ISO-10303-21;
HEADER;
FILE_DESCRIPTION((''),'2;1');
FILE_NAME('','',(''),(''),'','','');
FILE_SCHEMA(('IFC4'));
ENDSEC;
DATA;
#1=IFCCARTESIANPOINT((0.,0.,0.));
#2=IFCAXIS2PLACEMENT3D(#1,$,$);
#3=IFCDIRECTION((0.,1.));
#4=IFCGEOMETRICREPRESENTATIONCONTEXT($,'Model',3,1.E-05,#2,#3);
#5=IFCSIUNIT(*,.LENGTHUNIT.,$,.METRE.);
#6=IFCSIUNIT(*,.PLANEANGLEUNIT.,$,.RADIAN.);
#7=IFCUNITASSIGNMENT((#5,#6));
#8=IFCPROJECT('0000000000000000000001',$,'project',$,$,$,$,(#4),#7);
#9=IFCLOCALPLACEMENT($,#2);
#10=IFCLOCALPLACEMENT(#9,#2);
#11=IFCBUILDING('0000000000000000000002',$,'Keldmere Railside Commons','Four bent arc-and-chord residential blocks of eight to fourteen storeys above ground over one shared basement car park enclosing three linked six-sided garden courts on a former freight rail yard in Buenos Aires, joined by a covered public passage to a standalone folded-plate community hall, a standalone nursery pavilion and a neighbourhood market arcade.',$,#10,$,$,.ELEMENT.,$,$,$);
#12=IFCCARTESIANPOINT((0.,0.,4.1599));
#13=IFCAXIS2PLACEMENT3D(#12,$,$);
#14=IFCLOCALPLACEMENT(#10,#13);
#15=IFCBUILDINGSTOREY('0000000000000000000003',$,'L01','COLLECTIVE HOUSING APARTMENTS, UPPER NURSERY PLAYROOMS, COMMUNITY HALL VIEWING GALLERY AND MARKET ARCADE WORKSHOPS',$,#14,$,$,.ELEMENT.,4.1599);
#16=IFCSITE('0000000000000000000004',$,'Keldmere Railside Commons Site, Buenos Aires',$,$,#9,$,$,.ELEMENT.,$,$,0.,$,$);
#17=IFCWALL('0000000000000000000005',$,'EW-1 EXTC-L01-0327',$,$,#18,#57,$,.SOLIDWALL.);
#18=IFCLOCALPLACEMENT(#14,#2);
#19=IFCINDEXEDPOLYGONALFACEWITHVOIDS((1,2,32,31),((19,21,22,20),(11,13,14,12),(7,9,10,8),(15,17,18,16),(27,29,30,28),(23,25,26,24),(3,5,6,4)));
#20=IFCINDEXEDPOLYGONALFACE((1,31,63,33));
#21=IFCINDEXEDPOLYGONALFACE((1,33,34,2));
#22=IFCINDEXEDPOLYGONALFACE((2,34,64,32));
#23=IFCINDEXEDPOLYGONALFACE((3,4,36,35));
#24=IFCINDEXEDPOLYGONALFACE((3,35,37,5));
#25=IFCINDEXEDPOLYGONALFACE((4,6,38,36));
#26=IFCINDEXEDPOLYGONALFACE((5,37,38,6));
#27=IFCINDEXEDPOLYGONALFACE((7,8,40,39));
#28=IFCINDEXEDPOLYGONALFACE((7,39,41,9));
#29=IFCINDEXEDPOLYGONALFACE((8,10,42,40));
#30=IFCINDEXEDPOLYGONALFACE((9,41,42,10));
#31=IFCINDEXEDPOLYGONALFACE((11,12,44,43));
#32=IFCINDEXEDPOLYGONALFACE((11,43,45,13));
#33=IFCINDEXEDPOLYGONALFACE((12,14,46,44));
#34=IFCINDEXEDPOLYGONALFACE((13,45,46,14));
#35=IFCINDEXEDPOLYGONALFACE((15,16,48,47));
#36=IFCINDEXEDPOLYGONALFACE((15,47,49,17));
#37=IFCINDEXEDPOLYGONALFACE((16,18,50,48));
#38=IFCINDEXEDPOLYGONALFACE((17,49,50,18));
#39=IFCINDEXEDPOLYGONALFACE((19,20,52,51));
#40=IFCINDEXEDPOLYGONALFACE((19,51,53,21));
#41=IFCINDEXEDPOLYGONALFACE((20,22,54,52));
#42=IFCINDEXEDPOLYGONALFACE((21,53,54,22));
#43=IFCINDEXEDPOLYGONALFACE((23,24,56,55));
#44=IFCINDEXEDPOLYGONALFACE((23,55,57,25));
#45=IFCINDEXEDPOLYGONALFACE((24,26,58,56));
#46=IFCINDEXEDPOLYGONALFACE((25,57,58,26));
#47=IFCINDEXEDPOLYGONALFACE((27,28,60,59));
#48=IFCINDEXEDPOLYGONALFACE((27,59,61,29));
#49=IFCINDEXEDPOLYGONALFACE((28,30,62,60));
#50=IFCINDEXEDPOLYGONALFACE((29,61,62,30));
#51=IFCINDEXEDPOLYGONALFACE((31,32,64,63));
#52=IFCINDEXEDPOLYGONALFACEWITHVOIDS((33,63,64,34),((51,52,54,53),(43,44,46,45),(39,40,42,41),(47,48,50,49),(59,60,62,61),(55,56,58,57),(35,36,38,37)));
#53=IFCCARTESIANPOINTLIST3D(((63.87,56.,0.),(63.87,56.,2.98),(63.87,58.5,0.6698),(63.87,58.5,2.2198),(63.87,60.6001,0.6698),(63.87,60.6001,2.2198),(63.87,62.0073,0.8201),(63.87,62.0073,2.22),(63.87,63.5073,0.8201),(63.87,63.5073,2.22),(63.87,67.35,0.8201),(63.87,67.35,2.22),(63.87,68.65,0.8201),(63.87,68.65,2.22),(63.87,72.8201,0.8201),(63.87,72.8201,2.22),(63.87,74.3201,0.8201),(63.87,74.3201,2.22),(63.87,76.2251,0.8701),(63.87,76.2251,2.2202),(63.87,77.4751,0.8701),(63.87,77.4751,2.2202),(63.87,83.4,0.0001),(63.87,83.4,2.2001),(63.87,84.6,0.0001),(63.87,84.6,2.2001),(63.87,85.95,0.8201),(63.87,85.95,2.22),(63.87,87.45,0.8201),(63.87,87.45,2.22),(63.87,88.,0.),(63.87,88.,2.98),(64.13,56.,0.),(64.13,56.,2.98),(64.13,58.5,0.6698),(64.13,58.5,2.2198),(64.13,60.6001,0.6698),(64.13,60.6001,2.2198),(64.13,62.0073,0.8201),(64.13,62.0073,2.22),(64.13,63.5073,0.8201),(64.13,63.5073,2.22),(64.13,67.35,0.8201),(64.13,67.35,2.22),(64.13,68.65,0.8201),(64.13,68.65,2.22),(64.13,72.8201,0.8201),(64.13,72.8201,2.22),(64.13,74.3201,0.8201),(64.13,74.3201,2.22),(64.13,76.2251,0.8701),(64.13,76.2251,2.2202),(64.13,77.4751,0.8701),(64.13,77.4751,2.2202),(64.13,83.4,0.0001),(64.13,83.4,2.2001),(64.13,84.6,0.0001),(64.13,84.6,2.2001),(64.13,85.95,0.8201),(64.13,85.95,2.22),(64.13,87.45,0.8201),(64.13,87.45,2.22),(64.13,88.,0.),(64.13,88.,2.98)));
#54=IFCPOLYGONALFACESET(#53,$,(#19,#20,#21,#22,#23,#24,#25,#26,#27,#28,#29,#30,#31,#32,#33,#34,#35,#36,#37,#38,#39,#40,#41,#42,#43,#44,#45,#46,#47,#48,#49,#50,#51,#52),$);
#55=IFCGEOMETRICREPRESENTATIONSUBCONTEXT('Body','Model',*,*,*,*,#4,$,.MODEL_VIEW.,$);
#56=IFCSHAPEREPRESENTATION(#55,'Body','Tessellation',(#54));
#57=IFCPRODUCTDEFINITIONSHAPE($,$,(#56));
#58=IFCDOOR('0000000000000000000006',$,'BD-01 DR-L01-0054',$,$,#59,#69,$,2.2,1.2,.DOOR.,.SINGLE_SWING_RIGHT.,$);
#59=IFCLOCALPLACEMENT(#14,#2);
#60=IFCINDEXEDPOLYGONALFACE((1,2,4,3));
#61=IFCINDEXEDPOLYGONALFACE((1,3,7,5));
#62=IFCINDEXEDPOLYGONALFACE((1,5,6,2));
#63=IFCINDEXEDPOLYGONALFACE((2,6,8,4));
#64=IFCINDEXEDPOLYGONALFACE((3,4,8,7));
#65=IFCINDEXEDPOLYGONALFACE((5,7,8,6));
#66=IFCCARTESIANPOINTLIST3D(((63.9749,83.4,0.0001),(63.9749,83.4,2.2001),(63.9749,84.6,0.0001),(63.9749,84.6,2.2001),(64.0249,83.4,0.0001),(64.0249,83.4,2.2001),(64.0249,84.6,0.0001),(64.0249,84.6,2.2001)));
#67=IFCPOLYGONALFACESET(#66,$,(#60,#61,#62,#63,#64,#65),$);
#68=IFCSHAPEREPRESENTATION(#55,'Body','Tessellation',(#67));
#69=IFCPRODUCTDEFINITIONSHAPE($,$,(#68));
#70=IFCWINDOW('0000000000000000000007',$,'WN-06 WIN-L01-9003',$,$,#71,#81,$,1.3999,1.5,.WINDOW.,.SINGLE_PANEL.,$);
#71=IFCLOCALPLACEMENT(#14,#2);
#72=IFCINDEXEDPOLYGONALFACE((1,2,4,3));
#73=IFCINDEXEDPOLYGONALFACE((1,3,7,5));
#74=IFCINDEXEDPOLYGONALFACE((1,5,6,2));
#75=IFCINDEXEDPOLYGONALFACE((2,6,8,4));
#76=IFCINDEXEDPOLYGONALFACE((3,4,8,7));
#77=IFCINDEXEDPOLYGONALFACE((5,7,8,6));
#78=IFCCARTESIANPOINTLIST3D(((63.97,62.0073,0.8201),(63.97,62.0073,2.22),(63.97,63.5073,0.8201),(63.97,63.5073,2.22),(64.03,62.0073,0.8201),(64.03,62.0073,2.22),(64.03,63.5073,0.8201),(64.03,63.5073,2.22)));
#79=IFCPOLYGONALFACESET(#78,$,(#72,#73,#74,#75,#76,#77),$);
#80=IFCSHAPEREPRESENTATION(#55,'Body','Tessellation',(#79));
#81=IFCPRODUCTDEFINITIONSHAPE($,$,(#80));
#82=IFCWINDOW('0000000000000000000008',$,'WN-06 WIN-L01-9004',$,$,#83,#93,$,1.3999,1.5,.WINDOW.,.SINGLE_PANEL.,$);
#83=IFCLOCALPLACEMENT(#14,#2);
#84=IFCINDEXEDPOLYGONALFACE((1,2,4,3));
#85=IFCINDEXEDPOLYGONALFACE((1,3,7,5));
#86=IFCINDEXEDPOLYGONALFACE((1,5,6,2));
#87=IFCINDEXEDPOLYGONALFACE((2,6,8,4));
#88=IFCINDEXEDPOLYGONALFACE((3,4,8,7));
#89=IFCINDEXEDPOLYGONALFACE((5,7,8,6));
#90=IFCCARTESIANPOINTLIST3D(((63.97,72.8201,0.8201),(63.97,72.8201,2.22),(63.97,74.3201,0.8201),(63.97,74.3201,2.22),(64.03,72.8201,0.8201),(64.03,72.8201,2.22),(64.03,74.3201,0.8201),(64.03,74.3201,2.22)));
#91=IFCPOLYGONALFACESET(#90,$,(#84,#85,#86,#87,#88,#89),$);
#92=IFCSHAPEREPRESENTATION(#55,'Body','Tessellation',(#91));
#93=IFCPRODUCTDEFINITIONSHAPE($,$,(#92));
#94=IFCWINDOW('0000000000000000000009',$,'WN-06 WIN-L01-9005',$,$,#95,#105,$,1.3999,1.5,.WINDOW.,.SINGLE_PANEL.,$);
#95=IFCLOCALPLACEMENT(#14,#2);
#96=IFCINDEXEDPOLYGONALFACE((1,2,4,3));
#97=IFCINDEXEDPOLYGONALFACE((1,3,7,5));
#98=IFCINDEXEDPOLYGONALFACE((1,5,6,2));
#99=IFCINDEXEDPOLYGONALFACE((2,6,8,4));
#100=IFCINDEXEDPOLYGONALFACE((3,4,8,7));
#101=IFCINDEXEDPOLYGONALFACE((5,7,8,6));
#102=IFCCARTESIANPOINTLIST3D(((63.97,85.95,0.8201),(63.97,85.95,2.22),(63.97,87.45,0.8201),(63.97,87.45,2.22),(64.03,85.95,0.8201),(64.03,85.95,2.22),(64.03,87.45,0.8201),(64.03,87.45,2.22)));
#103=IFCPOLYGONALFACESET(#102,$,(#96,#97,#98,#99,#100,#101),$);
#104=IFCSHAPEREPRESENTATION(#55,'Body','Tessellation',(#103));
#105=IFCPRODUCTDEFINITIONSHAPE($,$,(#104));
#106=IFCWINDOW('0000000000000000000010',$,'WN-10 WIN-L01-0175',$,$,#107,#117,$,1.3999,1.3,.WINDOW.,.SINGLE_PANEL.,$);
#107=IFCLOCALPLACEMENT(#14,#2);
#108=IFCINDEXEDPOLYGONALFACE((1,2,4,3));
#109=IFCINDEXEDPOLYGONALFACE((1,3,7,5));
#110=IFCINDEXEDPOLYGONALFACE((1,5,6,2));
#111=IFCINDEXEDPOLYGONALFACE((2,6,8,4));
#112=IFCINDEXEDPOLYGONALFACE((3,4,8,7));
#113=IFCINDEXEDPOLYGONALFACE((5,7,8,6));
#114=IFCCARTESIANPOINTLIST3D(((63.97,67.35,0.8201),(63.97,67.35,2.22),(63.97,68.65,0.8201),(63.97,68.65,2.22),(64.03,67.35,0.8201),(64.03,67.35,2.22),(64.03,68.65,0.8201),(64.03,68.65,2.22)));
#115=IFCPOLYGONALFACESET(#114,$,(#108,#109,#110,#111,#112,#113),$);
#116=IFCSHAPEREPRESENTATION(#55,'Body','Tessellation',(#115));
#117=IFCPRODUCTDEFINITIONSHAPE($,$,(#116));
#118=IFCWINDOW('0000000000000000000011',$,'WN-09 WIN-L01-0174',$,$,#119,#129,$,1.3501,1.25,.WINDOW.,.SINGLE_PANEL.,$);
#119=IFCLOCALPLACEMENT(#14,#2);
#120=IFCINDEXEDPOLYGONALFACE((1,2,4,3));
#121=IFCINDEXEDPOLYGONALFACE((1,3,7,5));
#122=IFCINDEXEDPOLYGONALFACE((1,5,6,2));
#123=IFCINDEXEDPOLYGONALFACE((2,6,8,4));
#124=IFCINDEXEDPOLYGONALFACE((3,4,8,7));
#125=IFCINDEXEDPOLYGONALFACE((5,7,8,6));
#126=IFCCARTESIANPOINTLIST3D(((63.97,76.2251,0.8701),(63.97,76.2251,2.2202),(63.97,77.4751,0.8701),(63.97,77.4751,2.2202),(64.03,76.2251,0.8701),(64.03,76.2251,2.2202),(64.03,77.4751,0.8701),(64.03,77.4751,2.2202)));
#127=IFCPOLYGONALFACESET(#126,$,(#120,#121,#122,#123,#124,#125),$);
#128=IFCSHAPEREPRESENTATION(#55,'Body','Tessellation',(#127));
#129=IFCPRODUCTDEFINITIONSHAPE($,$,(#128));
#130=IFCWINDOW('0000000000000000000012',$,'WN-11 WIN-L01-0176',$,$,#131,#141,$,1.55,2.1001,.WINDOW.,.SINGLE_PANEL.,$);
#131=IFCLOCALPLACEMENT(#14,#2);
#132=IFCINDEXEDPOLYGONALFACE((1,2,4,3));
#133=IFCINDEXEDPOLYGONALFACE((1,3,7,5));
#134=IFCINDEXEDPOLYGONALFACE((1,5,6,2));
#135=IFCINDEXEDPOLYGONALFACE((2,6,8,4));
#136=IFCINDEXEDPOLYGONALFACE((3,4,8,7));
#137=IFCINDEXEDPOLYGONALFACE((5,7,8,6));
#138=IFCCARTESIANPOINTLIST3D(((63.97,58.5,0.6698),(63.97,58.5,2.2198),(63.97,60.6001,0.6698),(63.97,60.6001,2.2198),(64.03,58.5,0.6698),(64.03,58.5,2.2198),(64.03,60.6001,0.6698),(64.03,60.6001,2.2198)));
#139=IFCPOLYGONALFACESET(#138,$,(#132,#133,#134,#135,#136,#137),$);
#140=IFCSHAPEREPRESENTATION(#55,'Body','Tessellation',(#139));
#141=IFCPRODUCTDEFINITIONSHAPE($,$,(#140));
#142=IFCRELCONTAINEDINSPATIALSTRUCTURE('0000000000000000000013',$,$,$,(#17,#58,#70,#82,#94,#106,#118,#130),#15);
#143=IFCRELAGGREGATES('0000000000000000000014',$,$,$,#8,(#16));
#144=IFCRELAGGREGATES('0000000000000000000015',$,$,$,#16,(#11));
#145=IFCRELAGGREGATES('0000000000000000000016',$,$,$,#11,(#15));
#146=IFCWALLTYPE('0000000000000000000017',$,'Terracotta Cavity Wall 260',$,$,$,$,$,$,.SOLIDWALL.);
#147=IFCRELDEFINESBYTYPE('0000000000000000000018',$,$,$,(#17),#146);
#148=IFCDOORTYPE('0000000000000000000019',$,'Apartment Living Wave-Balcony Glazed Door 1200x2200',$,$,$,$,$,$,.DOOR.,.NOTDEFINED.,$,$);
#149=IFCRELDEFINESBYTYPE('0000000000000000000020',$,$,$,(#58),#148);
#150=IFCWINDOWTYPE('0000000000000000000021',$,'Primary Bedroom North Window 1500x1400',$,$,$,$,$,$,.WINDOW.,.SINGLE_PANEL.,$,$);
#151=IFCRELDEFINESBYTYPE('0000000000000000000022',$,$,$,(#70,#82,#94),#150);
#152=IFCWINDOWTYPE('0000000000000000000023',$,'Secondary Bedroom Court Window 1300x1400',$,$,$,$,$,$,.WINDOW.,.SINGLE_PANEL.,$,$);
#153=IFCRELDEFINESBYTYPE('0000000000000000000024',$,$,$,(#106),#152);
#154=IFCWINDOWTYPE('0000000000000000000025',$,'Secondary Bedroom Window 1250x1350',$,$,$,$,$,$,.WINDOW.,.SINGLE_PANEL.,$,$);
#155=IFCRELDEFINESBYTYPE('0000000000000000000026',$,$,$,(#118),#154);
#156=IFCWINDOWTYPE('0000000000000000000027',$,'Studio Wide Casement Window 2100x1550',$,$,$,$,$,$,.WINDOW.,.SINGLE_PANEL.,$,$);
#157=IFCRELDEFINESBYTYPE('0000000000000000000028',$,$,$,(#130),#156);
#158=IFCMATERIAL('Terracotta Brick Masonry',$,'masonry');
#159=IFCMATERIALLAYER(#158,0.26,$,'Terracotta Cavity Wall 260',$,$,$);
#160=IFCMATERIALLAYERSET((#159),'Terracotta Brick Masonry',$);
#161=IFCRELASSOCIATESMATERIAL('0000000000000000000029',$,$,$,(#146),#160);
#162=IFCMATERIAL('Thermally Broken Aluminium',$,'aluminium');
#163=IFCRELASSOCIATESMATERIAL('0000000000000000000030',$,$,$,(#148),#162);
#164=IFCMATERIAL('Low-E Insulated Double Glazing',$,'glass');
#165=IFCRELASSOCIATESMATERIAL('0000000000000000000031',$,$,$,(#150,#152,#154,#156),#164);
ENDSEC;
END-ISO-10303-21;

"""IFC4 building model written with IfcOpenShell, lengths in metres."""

from ifc_helpers import new_model, si_unit, direction, frame, frame_2d, origin, place, context, subcontext, project, spatial, rectangle, extrude, material, layer, layer_set, type_object, element, fill, save


model = new_model("IFC4")

# Units and contexts
model_context = context("Model", 3, precision=1e-05, world=origin(), true_north=direction((0.0, 1.0)))
body_context = subcontext(model_context, "Body", "Model", "MODEL_VIEW")
ifc_project = project(units=[si_unit("LENGTHUNIT", "METRE"), si_unit("PLANEANGLEUNIT", "RADIAN")], contexts=[model_context])

# Site, building, storey
site_placement = place(None, origin())
site = spatial("IfcSite", under=ifc_project, at=site_placement, Name="Keldmere Railside Commons Site, Buenos Aires", CompositionType="ELEMENT", RefElevation=0.0)
building_placement = place(site_placement, origin())
building = spatial("IfcBuilding", under=site, at=building_placement, Name="Keldmere Railside Commons", Description="Four bent arc-and-chord residential blocks of eight to fourteen storeys above ground over one shared basement car park enclosing three linked six-sided garden courts on a former freight rail yard in Buenos Aires, joined by a covered public passage to a standalone folded-plate community hall, a standalone nursery pavilion and a neighbourhood market arcade.", CompositionType="ELEMENT")
storey_placement = place(building_placement, frame((0.0, 0.0, 4.1599)))
storey = spatial("IfcBuildingStorey", under=building, at=storey_placement, Name="L01", Description="COLLECTIVE HOUSING APARTMENTS, UPPER NURSERY PLAYROOMS, COMMUNITY HALL VIEWING GALLERY AND MARKET ARCADE WORKSHOPS", CompositionType="ELEMENT", Elevation=4.1599)

# Shared definitions
ifc_material_1 = material(Name="Thermally Broken Aluminium", Category="aluminium")

# Wall, openings, door, windows
ifc_material_2 = material(Name="Terracotta Brick Masonry", Category="masonry")
ifc_layer_1 = layer(ifc_material_2, 0.26, Name="Terracotta Cavity Wall 260")
ifc_layer_set_1 = layer_set([ifc_layer_1], Name="Terracotta Brick Masonry")
wall_type_1 = type_object("IfcWallType", Name="Terracotta Cavity Wall 260", PredefinedType="SOLIDWALL", material=ifc_layer_set_1)
wall_1_placement = place(storey_placement, frame((64.0, 88.0, 0.0), z_axis=(0.0, 0.0, 1.0), x_axis=(0.0, -1.0, 0.0)))
wall_1 = element("IfcWall", 1, at=wall_1_placement, inside=storey, type_object=wall_type_1, Name="EW-1 EXTC-L01-0327", PredefinedType="SOLIDWALL", context=body_context, shape_type="SweptSolid", body=[
    extrude(rectangle(XDim=32.0, YDim=0.26, at=frame_2d((16.0, 0.0))), origin(), (0.0, 0.0, 1.0), 2.98),
])
opening_1_placement = place(wall_1_placement, frame((3.3999, 0.0, 0.0)))
opening_1 = element("IfcOpeningElement", 2, at=opening_1_placement, cuts=wall_1, PredefinedType="OPENING", context=body_context, shape_type="SweptSolid", body=[
    extrude(rectangle(XDim=1.2, YDim=2.2, at=frame_2d((0.6001, 1.1001))), frame((0.0, 0.1399, 0.0), z_axis=(0.0, -1.0, 0.0), x_axis=(1.0, 0.0, 0.0)), (0.0, 0.0, 1.0), 0.28),
])
opening_2_placement = place(wall_1_placement, frame((10.5249, 0.0, 0.8701)))
opening_2 = element("IfcOpeningElement", 3, at=opening_2_placement, cuts=wall_1, PredefinedType="OPENING", context=body_context, shape_type="SweptSolid", body=[
    extrude(rectangle(XDim=1.25, YDim=1.3501, at=frame_2d((0.625, 0.675))), frame((0.0, 0.1399, 0.0), z_axis=(0.0, -1.0, 0.0), x_axis=(1.0, 0.0, 0.0)), (0.0, 0.0, 1.0), 0.28),
])
opening_3_placement = place(wall_1_placement, frame((19.3501, 0.0, 0.8201)))
opening_3 = element("IfcOpeningElement", 4, at=opening_3_placement, cuts=wall_1, PredefinedType="OPENING", context=body_context, shape_type="SweptSolid", body=[
    extrude(rectangle(XDim=1.3, YDim=1.3999, at=frame_2d((0.6499, 0.7))), frame((0.0, 0.1399, 0.0), z_axis=(0.0, -1.0, 0.0), x_axis=(1.0, 0.0, 0.0)), (0.0, 0.0, 1.0), 0.28),
])
opening_4_placement = place(wall_1_placement, frame((27.3999, 0.0, 0.6699)))
opening_4 = element("IfcOpeningElement", 5, at=opening_4_placement, cuts=wall_1, PredefinedType="OPENING", context=body_context, shape_type="SweptSolid", body=[
    extrude(rectangle(XDim=2.1001, YDim=1.55, at=frame_2d((1.05, 0.7749))), frame((0.0, 0.1399, 0.0), z_axis=(0.0, -1.0, 0.0), x_axis=(1.0, 0.0, 0.0)), (0.0, 0.0, 1.0), 0.28),
])
opening_5_placement = place(wall_1_placement, frame((24.4927, 0.0, 0.8201)))
opening_5 = element("IfcOpeningElement", 6, at=opening_5_placement, cuts=wall_1, PredefinedType="OPENING", context=body_context, shape_type="SweptSolid", body=[
    extrude(rectangle(XDim=1.5, YDim=1.3999, at=frame_2d((0.75, 0.7))), frame((0.0, 0.1399, 0.0), z_axis=(0.0, -1.0, 0.0), x_axis=(1.0, 0.0, 0.0)), (0.0, 0.0, 1.0), 0.28),
])
opening_6_placement = place(wall_1_placement, frame((13.6799, 0.0, 0.8201)))
opening_6 = element("IfcOpeningElement", 7, at=opening_6_placement, cuts=wall_1, PredefinedType="OPENING", context=body_context, shape_type="SweptSolid", body=[
    extrude(rectangle(XDim=1.5, YDim=1.3999, at=frame_2d((0.75, 0.7))), frame((0.0, 0.1399, 0.0), z_axis=(0.0, -1.0, 0.0), x_axis=(1.0, 0.0, 0.0)), (0.0, 0.0, 1.0), 0.28),
])
opening_7_placement = place(wall_1_placement, frame((0.55, 0.0, 0.8201)))
opening_7 = element("IfcOpeningElement", 8, at=opening_7_placement, cuts=wall_1, PredefinedType="OPENING", context=body_context, shape_type="SweptSolid", body=[
    extrude(rectangle(XDim=1.5, YDim=1.3999, at=frame_2d((0.75, 0.7))), frame((0.0, 0.1399, 0.0), z_axis=(0.0, -1.0, 0.0), x_axis=(1.0, 0.0, 0.0)), (0.0, 0.0, 1.0), 0.28),
])
door_type_1 = type_object("IfcDoorType", Name="Apartment Living Wave-Balcony Glazed Door 1200x2200", OperationType="NOTDEFINED", PredefinedType="DOOR", material=ifc_material_1)
door_1_placement = place(opening_1_placement, origin())
door_1 = element("IfcDoor", 9, at=door_1_placement, inside=storey, type_object=door_type_1, Name="BD-01 DR-L01-0054", OperationType="SINGLE_SWING_RIGHT", OverallHeight=2.2, OverallWidth=1.2, PredefinedType="DOOR", context=body_context, shape_type="SweptSolid", body=[
    extrude(rectangle(XDim=1.2, YDim=2.2, at=frame_2d((0.6001, 1.1001))), frame((0.0, 0.0249, 0.0), z_axis=(0.0, -1.0, 0.0), x_axis=(1.0, 0.0, 0.0)), (0.0, 0.0, 1.0), 0.05),
])
fill(opening_1, door_1)
ifc_material_3 = material(Name="Low-E Insulated Double Glazing", Category="glass")
window_type_1 = type_object("IfcWindowType", Name="Primary Bedroom North Window 1500x1400", PartitioningType="SINGLE_PANEL", PredefinedType="WINDOW", material=ifc_material_3)
window_1_placement = place(opening_5_placement, origin())
window_1 = element("IfcWindow", 10, at=window_1_placement, inside=storey, type_object=window_type_1, Name="WN-06 WIN-L01-9003", OverallHeight=1.3999, OverallWidth=1.5, PartitioningType="SINGLE_PANEL", PredefinedType="WINDOW", context=body_context, shape_type="SweptSolid", body=[
    extrude(rectangle(XDim=1.5, YDim=1.3999, at=frame_2d((0.75, 0.7))), frame((0.0, 0.03, 0.0), z_axis=(0.0, -1.0, 0.0), x_axis=(1.0, 0.0, 0.0)), (0.0, 0.0, 1.0), 0.0601),
])
fill(opening_5, window_1)
window_2_placement = place(opening_6_placement, origin())
window_2 = element("IfcWindow", 11, at=window_2_placement, inside=storey, type_object=window_type_1, Name="WN-06 WIN-L01-9004", OverallHeight=1.3999, OverallWidth=1.5, PartitioningType="SINGLE_PANEL", PredefinedType="WINDOW", context=body_context, shape_type="SweptSolid", body=[
    extrude(rectangle(XDim=1.5, YDim=1.3999, at=frame_2d((0.75, 0.7))), frame((0.0, 0.03, 0.0), z_axis=(0.0, -1.0, 0.0), x_axis=(1.0, 0.0, 0.0)), (0.0, 0.0, 1.0), 0.0601),
])
fill(opening_6, window_2)
window_3_placement = place(opening_7_placement, origin())
window_3 = element("IfcWindow", 12, at=window_3_placement, inside=storey, type_object=window_type_1, Name="WN-06 WIN-L01-9005", OverallHeight=1.3999, OverallWidth=1.5, PartitioningType="SINGLE_PANEL", PredefinedType="WINDOW", context=body_context, shape_type="SweptSolid", body=[
    extrude(rectangle(XDim=1.5, YDim=1.3999, at=frame_2d((0.75, 0.7))), frame((0.0, 0.03, 0.0), z_axis=(0.0, -1.0, 0.0), x_axis=(1.0, 0.0, 0.0)), (0.0, 0.0, 1.0), 0.0601),
])
fill(opening_7, window_3)
window_type_2 = type_object("IfcWindowType", Name="Secondary Bedroom Court Window 1300x1400", PartitioningType="SINGLE_PANEL", PredefinedType="WINDOW", material=ifc_material_3)
window_4_placement = place(opening_3_placement, origin())
window_4 = element("IfcWindow", 13, at=window_4_placement, inside=storey, type_object=window_type_2, Name="WN-10 WIN-L01-0175", OverallHeight=1.3999, OverallWidth=1.3, PartitioningType="SINGLE_PANEL", PredefinedType="WINDOW", context=body_context, shape_type="SweptSolid", body=[
    extrude(rectangle(XDim=1.3, YDim=1.3999, at=frame_2d((0.6499, 0.7))), frame((0.0, 0.03, 0.0), z_axis=(0.0, -1.0, 0.0), x_axis=(1.0, 0.0, 0.0)), (0.0, 0.0, 1.0), 0.0601),
])
fill(opening_3, window_4)
window_type_3 = type_object("IfcWindowType", Name="Secondary Bedroom Window 1250x1350", PartitioningType="SINGLE_PANEL", PredefinedType="WINDOW", material=ifc_material_3)
window_5_placement = place(opening_2_placement, origin())
window_5 = element("IfcWindow", 14, at=window_5_placement, inside=storey, type_object=window_type_3, Name="WN-09 WIN-L01-0174", OverallHeight=1.3501, OverallWidth=1.25, PartitioningType="SINGLE_PANEL", PredefinedType="WINDOW", context=body_context, shape_type="SweptSolid", body=[
    extrude(rectangle(XDim=1.25, YDim=1.3501, at=frame_2d((0.625, 0.675))), frame((0.0, 0.03, 0.0), z_axis=(0.0, -1.0, 0.0), x_axis=(1.0, 0.0, 0.0)), (0.0, 0.0, 1.0), 0.0601),
])
fill(opening_2, window_5)
window_type_4 = type_object("IfcWindowType", Name="Studio Wide Casement Window 2100x1550", PartitioningType="SINGLE_PANEL", PredefinedType="WINDOW", material=ifc_material_3)
window_6_placement = place(opening_4_placement, origin())
window_6 = element("IfcWindow", 15, at=window_6_placement, inside=storey, type_object=window_type_4, Name="WN-11 WIN-L01-0176", OverallHeight=1.55, OverallWidth=2.1001, PartitioningType="SINGLE_PANEL", PredefinedType="WINDOW", context=body_context, shape_type="SweptSolid", body=[
    extrude(rectangle(XDim=2.1001, YDim=1.55, at=frame_2d((1.05, 0.7749))), frame((0.0, 0.03, 0.0), z_axis=(0.0, -1.0, 0.0), x_axis=(1.0, 0.0, 0.0)), (0.0, 0.0, 1.0), 0.0601),
])
fill(opening_4, window_6)

save(model, "model.ifc")
